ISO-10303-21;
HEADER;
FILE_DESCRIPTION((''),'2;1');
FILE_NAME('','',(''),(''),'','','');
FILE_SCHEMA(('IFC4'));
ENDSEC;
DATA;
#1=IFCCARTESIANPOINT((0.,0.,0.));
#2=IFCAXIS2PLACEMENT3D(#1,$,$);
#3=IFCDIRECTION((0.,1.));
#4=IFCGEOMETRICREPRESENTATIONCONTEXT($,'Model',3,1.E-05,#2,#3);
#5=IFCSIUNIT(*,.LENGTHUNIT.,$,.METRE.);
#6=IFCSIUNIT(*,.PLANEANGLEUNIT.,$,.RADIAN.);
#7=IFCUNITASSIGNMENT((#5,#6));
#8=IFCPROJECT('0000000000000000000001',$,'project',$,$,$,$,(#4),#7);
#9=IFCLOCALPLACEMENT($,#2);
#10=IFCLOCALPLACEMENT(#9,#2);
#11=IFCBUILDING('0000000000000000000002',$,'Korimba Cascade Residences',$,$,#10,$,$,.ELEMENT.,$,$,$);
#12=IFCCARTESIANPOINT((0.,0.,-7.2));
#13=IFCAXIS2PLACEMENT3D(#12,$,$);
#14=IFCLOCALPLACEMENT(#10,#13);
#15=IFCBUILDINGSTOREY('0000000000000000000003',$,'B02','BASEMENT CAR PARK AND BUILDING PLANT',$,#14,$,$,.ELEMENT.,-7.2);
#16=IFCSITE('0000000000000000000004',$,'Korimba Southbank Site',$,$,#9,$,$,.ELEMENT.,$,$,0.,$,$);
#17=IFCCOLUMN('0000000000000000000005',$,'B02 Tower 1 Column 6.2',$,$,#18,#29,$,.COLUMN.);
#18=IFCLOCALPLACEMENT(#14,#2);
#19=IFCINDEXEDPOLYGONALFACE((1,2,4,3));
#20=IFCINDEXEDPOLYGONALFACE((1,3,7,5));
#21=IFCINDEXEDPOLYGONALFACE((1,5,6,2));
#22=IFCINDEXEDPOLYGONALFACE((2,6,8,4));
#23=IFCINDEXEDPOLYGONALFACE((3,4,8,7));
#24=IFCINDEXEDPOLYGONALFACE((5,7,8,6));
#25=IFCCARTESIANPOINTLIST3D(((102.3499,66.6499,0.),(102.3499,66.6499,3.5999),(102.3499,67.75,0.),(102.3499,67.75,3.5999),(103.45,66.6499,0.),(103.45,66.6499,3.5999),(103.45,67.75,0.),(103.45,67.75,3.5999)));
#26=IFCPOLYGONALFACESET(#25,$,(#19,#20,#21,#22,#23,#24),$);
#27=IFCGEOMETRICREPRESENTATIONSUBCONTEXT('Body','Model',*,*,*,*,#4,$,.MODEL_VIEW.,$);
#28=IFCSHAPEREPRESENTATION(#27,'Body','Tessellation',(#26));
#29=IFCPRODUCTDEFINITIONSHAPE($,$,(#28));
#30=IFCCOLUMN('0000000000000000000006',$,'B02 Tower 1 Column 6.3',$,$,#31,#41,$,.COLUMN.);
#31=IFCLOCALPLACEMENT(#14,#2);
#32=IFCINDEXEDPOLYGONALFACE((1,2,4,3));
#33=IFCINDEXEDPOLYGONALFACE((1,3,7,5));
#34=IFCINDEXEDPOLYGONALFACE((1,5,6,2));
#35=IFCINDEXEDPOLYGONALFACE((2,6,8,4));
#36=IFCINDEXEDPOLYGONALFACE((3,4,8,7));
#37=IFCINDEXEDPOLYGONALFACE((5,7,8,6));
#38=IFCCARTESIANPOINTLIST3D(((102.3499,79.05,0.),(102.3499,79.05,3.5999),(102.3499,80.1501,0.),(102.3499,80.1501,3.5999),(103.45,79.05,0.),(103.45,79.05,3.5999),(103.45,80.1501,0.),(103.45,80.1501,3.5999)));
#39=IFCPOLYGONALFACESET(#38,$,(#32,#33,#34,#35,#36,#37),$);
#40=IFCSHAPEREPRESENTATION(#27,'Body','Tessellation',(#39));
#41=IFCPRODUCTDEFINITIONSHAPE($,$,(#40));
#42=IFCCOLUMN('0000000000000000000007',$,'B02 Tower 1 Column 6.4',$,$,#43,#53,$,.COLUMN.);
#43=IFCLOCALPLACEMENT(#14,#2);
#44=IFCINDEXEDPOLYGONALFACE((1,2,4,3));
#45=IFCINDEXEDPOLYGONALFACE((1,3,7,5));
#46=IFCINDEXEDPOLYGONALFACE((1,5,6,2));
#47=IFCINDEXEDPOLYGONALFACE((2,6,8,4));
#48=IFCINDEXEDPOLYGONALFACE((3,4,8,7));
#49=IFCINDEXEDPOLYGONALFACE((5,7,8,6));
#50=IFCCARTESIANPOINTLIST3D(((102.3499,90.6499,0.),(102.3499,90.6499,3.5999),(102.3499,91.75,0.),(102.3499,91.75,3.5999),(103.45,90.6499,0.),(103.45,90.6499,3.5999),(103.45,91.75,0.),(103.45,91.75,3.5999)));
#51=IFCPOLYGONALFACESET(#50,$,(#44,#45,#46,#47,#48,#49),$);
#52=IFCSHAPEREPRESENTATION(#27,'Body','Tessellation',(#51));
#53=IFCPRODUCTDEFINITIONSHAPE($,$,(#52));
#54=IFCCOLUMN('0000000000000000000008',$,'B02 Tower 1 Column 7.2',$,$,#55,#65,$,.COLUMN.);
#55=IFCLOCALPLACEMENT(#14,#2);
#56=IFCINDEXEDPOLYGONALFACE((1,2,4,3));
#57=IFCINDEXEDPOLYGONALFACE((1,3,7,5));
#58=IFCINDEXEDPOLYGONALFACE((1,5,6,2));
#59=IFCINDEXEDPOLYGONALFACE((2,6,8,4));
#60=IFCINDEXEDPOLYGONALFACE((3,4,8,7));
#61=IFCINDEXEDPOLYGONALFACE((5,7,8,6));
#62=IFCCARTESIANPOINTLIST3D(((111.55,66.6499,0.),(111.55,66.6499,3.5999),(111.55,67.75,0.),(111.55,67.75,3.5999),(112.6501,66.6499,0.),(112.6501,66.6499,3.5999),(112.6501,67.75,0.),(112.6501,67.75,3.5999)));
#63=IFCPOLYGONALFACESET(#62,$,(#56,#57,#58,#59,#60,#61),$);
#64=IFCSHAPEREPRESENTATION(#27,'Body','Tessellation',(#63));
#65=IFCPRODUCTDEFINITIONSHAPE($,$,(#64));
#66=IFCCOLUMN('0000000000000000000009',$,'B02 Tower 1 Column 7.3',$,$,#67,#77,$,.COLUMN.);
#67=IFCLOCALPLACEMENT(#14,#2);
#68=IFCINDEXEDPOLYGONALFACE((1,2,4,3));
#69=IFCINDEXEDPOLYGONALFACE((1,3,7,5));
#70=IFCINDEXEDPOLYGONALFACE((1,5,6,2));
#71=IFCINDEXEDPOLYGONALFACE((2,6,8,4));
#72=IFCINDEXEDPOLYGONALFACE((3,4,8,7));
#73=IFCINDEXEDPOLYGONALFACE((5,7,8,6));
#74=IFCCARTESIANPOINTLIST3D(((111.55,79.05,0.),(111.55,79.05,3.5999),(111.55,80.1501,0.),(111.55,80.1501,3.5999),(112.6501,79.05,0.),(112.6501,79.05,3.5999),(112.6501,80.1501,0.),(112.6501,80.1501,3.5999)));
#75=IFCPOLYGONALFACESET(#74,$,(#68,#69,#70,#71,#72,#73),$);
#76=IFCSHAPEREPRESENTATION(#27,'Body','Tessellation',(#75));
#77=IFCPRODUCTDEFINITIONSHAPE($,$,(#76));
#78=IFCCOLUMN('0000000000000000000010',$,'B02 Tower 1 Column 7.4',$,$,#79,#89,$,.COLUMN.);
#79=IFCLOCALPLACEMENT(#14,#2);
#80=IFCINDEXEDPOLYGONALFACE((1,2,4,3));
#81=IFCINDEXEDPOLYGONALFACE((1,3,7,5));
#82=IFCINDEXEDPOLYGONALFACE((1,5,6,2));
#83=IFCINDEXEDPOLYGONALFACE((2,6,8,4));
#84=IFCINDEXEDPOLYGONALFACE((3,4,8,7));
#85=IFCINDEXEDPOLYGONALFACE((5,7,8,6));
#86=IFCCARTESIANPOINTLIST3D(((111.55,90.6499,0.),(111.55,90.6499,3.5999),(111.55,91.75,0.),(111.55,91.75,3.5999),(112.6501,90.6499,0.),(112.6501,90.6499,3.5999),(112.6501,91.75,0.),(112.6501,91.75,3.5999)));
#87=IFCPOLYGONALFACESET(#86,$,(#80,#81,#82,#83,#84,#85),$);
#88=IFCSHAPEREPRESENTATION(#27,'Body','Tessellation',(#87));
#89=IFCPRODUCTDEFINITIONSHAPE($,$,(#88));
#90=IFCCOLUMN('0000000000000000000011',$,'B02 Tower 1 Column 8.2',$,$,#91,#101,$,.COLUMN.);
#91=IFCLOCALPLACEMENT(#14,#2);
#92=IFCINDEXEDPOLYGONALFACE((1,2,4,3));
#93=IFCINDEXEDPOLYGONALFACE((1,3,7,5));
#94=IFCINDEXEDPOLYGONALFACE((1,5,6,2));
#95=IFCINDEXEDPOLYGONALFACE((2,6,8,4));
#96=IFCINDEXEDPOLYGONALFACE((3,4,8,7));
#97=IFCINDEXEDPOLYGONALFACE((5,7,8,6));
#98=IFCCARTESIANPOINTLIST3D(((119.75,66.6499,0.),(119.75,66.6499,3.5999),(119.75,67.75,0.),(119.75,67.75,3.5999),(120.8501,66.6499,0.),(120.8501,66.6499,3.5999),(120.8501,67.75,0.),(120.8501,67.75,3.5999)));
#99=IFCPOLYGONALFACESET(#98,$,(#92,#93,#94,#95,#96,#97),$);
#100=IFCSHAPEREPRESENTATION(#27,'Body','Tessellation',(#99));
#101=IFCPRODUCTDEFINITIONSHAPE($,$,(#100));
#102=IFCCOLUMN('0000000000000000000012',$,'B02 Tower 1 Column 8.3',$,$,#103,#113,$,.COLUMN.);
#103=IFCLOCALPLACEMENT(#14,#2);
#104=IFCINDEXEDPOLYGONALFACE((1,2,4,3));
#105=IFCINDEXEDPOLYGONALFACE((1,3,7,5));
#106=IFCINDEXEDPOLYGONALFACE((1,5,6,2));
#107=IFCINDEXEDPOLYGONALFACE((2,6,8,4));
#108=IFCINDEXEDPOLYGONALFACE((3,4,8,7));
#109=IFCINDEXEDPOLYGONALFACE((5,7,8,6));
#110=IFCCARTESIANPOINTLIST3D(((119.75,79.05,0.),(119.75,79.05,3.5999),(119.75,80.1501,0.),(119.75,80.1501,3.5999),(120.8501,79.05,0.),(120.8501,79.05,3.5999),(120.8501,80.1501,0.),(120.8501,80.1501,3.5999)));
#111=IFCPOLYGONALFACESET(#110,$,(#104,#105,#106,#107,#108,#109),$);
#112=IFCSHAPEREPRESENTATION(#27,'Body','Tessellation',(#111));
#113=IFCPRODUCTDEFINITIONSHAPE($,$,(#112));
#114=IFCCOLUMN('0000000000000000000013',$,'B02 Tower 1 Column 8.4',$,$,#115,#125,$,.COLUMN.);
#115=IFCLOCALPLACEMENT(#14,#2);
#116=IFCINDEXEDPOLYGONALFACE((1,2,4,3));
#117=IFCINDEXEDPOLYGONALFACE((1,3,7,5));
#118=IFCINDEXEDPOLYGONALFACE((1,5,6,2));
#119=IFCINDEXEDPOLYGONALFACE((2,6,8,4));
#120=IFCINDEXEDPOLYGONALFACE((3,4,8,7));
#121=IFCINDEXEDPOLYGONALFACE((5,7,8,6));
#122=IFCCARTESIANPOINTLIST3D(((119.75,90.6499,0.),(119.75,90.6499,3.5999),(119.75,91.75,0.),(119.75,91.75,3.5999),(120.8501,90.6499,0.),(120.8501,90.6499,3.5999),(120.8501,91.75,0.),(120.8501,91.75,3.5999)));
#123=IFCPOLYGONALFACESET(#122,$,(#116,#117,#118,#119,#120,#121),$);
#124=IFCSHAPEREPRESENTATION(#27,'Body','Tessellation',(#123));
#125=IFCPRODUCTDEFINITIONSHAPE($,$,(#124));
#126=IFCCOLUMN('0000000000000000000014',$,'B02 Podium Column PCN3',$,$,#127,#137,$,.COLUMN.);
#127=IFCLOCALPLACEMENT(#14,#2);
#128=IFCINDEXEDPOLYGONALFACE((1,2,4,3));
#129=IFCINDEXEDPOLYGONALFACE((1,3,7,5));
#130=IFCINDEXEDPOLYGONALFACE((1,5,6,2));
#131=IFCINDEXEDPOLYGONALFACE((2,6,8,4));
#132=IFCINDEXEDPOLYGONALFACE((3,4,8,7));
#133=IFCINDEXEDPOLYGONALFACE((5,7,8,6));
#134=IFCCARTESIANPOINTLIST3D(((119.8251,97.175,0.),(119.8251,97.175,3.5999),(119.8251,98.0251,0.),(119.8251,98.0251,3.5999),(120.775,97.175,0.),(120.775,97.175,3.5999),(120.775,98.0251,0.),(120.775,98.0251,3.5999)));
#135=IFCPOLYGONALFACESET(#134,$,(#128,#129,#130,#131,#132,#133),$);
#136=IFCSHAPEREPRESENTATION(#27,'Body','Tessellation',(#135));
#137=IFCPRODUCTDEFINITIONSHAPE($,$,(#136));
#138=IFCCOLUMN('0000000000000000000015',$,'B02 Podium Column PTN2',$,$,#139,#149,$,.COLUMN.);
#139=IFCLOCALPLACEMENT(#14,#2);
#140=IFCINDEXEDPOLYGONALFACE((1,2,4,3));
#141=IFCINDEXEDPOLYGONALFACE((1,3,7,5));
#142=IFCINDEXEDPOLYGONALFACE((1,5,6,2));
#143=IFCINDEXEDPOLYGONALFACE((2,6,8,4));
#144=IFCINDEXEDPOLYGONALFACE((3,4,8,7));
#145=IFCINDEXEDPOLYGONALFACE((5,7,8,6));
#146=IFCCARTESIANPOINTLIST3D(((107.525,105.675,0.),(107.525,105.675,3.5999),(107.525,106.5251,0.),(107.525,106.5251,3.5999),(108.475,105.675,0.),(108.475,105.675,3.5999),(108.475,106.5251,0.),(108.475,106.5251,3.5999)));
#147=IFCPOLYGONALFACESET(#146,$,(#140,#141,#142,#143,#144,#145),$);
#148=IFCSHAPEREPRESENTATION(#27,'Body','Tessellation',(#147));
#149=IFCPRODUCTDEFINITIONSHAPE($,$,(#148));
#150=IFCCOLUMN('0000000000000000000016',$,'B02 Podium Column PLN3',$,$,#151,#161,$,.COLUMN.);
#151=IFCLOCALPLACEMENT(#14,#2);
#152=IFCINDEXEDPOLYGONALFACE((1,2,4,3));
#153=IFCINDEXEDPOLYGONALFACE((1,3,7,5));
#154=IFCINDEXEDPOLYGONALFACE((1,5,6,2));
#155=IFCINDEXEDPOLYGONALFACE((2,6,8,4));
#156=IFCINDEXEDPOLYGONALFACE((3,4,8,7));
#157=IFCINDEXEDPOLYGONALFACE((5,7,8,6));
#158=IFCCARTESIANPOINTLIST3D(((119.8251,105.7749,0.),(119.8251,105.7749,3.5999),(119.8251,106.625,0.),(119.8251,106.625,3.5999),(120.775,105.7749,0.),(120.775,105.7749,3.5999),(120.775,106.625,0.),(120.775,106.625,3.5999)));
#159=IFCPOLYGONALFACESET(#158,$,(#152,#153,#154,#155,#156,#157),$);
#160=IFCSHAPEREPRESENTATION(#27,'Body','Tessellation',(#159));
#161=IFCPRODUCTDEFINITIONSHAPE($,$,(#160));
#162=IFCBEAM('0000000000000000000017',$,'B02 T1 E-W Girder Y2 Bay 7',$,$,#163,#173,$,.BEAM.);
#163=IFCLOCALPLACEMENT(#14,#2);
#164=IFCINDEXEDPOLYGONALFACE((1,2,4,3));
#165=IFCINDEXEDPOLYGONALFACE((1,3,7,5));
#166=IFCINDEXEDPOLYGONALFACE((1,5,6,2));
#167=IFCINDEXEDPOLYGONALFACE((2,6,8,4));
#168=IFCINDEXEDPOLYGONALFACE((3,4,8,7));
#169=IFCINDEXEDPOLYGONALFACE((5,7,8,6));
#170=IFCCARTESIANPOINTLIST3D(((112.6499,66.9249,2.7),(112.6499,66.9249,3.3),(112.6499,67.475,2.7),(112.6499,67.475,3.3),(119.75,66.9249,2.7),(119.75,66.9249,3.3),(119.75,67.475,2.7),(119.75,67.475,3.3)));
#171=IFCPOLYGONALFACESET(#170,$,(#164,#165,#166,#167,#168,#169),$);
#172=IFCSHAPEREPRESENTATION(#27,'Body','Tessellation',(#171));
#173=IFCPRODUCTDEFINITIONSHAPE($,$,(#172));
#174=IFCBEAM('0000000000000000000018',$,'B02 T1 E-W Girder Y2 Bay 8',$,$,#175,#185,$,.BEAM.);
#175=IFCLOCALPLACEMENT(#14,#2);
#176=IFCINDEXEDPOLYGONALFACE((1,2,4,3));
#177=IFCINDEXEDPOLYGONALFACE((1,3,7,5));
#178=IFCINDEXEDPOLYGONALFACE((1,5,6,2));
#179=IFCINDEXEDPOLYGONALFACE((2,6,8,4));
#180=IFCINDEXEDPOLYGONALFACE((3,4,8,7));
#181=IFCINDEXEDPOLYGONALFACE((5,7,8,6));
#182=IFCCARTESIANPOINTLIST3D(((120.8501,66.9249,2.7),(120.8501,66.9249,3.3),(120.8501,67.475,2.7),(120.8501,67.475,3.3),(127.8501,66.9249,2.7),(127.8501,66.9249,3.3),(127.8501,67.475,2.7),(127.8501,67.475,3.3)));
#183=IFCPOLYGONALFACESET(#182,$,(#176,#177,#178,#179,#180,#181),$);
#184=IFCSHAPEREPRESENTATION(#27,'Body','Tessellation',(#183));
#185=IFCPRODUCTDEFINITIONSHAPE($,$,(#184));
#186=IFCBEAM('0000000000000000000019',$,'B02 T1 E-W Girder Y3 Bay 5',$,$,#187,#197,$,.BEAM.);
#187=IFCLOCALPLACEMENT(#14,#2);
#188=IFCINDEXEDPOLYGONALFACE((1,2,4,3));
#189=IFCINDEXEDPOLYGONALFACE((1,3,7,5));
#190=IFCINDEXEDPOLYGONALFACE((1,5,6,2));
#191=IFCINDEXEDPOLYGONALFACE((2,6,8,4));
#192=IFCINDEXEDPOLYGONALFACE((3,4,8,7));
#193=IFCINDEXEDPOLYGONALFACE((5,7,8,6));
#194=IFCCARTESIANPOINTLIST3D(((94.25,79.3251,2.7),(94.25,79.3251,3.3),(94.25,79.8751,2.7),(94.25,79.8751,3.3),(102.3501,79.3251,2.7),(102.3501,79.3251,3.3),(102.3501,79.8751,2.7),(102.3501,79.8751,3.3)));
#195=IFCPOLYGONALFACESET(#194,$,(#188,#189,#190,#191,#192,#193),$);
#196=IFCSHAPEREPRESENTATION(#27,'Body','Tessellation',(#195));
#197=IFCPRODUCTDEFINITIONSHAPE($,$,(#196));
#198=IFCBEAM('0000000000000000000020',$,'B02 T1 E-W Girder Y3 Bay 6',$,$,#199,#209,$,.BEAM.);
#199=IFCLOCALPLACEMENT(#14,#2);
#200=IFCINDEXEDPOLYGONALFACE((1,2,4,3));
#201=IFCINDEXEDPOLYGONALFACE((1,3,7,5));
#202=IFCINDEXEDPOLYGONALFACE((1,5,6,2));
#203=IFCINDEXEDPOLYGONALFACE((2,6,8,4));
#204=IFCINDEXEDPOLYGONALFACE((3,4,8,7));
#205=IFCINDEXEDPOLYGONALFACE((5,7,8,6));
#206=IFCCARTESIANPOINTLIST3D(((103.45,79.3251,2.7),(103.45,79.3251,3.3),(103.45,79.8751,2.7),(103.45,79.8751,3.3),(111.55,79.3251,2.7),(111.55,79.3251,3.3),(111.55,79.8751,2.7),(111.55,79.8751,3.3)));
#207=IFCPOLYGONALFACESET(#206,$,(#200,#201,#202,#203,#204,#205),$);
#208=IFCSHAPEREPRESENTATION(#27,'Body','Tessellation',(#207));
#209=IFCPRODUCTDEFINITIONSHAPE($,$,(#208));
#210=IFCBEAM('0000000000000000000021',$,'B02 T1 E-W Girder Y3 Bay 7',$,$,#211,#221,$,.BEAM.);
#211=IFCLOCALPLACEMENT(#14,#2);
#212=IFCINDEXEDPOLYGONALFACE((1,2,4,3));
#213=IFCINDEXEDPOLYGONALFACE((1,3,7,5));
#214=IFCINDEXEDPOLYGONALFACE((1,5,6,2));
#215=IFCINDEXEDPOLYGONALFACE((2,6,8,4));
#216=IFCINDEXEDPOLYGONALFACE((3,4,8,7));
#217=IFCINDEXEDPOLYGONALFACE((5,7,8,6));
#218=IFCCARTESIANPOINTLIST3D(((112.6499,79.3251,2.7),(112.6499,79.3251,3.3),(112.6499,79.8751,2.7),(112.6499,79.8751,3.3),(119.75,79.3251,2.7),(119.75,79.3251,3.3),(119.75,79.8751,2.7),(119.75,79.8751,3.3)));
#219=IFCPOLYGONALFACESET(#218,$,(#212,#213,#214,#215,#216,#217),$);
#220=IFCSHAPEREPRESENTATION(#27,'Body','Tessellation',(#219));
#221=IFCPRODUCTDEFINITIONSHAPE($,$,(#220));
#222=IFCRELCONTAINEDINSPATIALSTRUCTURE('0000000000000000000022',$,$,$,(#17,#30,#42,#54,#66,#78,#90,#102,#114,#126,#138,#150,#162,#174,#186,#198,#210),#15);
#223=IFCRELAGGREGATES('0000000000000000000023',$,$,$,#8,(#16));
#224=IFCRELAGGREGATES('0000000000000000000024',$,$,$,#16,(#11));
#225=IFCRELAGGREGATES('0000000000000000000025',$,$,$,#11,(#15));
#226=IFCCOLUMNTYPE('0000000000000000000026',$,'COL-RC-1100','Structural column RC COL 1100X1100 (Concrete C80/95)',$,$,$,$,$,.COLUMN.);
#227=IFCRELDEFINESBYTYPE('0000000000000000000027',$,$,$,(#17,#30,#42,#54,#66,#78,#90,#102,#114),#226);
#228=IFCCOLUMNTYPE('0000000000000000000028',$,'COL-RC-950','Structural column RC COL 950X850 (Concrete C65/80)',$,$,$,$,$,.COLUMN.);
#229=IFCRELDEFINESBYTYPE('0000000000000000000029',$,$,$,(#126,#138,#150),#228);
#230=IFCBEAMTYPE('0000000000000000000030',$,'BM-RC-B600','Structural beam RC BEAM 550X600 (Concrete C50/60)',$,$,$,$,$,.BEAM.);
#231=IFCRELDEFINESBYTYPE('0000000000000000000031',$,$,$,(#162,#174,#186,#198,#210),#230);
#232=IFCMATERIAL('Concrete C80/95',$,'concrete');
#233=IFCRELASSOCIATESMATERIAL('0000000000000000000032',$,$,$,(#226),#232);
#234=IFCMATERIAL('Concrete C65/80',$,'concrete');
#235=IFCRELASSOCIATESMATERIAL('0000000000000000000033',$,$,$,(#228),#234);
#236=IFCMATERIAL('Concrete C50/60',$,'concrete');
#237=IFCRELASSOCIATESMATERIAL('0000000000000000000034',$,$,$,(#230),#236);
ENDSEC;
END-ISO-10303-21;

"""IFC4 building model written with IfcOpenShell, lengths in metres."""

from ifc_helpers import new_model, si_unit, direction, frame, origin, origin_2d, place, context, subcontext, project, spatial, rectangle, extrude, material, material_profile, profile_set, type_object, element, save


model = new_model("IFC4")

# Units and contexts
model_context = context("Model", 3, precision=1e-05, world=origin(), true_north=direction((0.0, 1.0)))
body_context = subcontext(model_context, "Body", "Model", "MODEL_VIEW")
ifc_project = project(units=[si_unit("LENGTHUNIT", "METRE"), si_unit("PLANEANGLEUNIT", "RADIAN")], contexts=[model_context])

# Site, building, storey
site_placement = place(None, origin())
site = spatial("IfcSite", under=ifc_project, at=site_placement, Name="Korimba Southbank Site", CompositionType="ELEMENT", RefElevation=0.0)
building_placement = place(site_placement, origin())
building = spatial("IfcBuilding", under=site, at=building_placement, Name="Korimba Cascade Residences", CompositionType="ELEMENT")
storey_placement = place(building_placement, frame((0.0, 0.0, -7.2)))
storey = spatial("IfcBuildingStorey", under=building, at=storey_placement, Name="B02", Description="BASEMENT CAR PARK AND BUILDING PLANT", CompositionType="ELEMENT", Elevation=-7.2)

# Columns
ifc_material_1 = material(Name="Concrete C80/95", Category="concrete")
ifc_material_profile_1 = material_profile(ifc_material_1, rectangle(XDim=1.1001, YDim=1.1001, at=origin_2d()), Name="Concrete C80/95")
ifc_profile_set_1 = profile_set([ifc_material_profile_1], Name="Concrete C80/95")
column_type_1 = type_object("IfcColumnType", Name="COL-RC-1100", Description="Structural column RC COL 1100X1100 (Concrete C80/95)", PredefinedType="COLUMN", material=ifc_profile_set_1)
for number, where, z_axis, x_axis, name in (
    (1, (102.8999, 67.2, 0.0), (0.0, 0.0, 1.0), (1.0, 0.0, 0.0), "B02 Tower 1 Column 6.2"),
    (2, (102.8999, 79.6001, 0.0), (0.0, 0.0, 1.0), (1.0, 0.0, 0.0), "B02 Tower 1 Column 6.3"),
    (3, (102.8999, 91.2, 0.0), (0.0, 0.0, 1.0), (1.0, 0.0, 0.0), "B02 Tower 1 Column 6.4"),
    (4, (112.1001, 67.2, 0.0), (0.0, 0.0, 1.0), (1.0, 0.0, 0.0), "B02 Tower 1 Column 7.2"),
    (5, (112.1001, 79.6001, 0.0), (0.0, 0.0, 1.0), (1.0, 0.0, 0.0), "B02 Tower 1 Column 7.3"),
    (6, (112.1001, 91.2, 0.0), (0.0, 0.0, 1.0), (1.0, 0.0, 0.0), "B02 Tower 1 Column 7.4"),
    (7, (120.3, 67.2, 0.0), (0.0, 0.0, 1.0), (1.0, 0.0, 0.0), "B02 Tower 1 Column 8.2"),
    (8, (120.3, 79.6001, 0.0), (0.0, 0.0, 1.0), (1.0, 0.0, 0.0), "B02 Tower 1 Column 8.3"),
    (9, (120.3, 91.2, 0.0), (0.0, 0.0, 1.0), (1.0, 0.0, 0.0), "B02 Tower 1 Column 8.4"),
):
    element("IfcColumn", number, at=place(storey_placement, frame(where, z_axis=z_axis, x_axis=x_axis)), inside=storey, type_object=column_type_1, Name=name, PredefinedType="COLUMN", context=body_context, shape_type="SweptSolid", body=[
        extrude(rectangle(XDim=1.1001, YDim=1.1001, at=origin_2d()), origin(), (0.0, 0.0, 1.0), 3.5999),
    ])
ifc_material_2 = material(Name="Concrete C65/80", Category="concrete")
ifc_material_profile_2 = material_profile(ifc_material_2, rectangle(XDim=0.95, YDim=0.8501, at=origin_2d()), Name="Concrete C65/80")
ifc_profile_set_2 = profile_set([ifc_material_profile_2], Name="Concrete C65/80")
column_type_2 = type_object("IfcColumnType", Name="COL-RC-950", Description="Structural column RC COL 950X850 (Concrete C65/80)", PredefinedType="COLUMN", material=ifc_profile_set_2)
for number, where, z_axis, x_axis, name in (
    (10, (120.3, 97.6001, 0.0), (0.0, 0.0, 1.0), (1.0, 0.0, 0.0), "B02 Podium Column PCN3"),
    (11, (108.0, 106.1001, 0.0), (0.0, 0.0, 1.0), (1.0, 0.0, 0.0), "B02 Podium Column PTN2"),
    (12, (120.3, 106.2, 0.0), (0.0, 0.0, 1.0), (1.0, 0.0, 0.0), "B02 Podium Column PLN3"),
):
    element("IfcColumn", number, at=place(storey_placement, frame(where, z_axis=z_axis, x_axis=x_axis)), inside=storey, type_object=column_type_2, Name=name, PredefinedType="COLUMN", context=body_context, shape_type="SweptSolid", body=[
        extrude(rectangle(XDim=0.95, YDim=0.8501, at=origin_2d()), origin(), (0.0, 0.0, 1.0), 3.5999),
    ])

# Beams
ifc_material_3 = material(Name="Concrete C50/60", Category="concrete")
ifc_material_profile_3 = material_profile(ifc_material_3, rectangle(XDim=0.55, YDim=0.6001, at=origin_2d()), Name="Concrete C50/60")
ifc_profile_set_3 = profile_set([ifc_material_profile_3], Name="Concrete C50/60")
beam_type_1 = type_object("IfcBeamType", Name="BM-RC-B600", Description="Structural beam RC BEAM 550X600 (Concrete C50/60)", PredefinedType="BEAM", material=ifc_profile_set_3)
beam_1_placement = place(storey_placement, frame((112.6499, 67.2, 3.0), z_axis=(1.0, 0.0, 0.0), x_axis=(0.0, 1.0, 0.0)))
element("IfcBeam", 13, at=beam_1_placement, inside=storey, type_object=beam_type_1, Name="B02 T1 E-W Girder Y2 Bay 7", PredefinedType="BEAM", context=body_context, shape_type="SweptSolid", body=[
    extrude(rectangle(XDim=0.55, YDim=0.6001, at=origin_2d()), origin(), (0.0, 0.0, 1.0), 7.1001),
])
beam_2_placement = place(storey_placement, frame((120.8501, 67.2, 3.0), z_axis=(1.0, 0.0, 0.0), x_axis=(0.0, 1.0, 0.0)))
element("IfcBeam", 14, at=beam_2_placement, inside=storey, type_object=beam_type_1, Name="B02 T1 E-W Girder Y2 Bay 8", PredefinedType="BEAM", context=body_context, shape_type="SweptSolid", body=[
    extrude(rectangle(XDim=0.55, YDim=0.6001, at=origin_2d()), origin(), (0.0, 0.0, 1.0), 7.0),
])
for number, where, z_axis, x_axis, name in (
    (15, (94.25, 79.6001, 3.0), (1.0, 0.0, 0.0), (0.0, 1.0, 0.0), "B02 T1 E-W Girder Y3 Bay 5"),
    (16, (103.45, 79.6001, 3.0), (1.0, 0.0, 0.0), (0.0, 1.0, 0.0), "B02 T1 E-W Girder Y3 Bay 6"),
):
    element("IfcBeam", number, at=place(storey_placement, frame(where, z_axis=z_axis, x_axis=x_axis)), inside=storey, type_object=beam_type_1, Name=name, PredefinedType="BEAM", context=body_context, shape_type="SweptSolid", body=[
        extrude(rectangle(XDim=0.55, YDim=0.6001, at=origin_2d()), origin(), (0.0, 0.0, 1.0), 8.1001),
    ])
beam_3_placement = place(storey_placement, frame((112.6499, 79.6001, 3.0), z_axis=(1.0, 0.0, 0.0), x_axis=(0.0, 1.0, 0.0)))
element("IfcBeam", 17, at=beam_3_placement, inside=storey, type_object=beam_type_1, Name="B02 T1 E-W Girder Y3 Bay 7", PredefinedType="BEAM", context=body_context, shape_type="SweptSolid", body=[
    extrude(rectangle(XDim=0.55, YDim=0.6001, at=origin_2d()), origin(), (0.0, 0.0, 1.0), 7.1001),
])

save(model, "model.ifc")
